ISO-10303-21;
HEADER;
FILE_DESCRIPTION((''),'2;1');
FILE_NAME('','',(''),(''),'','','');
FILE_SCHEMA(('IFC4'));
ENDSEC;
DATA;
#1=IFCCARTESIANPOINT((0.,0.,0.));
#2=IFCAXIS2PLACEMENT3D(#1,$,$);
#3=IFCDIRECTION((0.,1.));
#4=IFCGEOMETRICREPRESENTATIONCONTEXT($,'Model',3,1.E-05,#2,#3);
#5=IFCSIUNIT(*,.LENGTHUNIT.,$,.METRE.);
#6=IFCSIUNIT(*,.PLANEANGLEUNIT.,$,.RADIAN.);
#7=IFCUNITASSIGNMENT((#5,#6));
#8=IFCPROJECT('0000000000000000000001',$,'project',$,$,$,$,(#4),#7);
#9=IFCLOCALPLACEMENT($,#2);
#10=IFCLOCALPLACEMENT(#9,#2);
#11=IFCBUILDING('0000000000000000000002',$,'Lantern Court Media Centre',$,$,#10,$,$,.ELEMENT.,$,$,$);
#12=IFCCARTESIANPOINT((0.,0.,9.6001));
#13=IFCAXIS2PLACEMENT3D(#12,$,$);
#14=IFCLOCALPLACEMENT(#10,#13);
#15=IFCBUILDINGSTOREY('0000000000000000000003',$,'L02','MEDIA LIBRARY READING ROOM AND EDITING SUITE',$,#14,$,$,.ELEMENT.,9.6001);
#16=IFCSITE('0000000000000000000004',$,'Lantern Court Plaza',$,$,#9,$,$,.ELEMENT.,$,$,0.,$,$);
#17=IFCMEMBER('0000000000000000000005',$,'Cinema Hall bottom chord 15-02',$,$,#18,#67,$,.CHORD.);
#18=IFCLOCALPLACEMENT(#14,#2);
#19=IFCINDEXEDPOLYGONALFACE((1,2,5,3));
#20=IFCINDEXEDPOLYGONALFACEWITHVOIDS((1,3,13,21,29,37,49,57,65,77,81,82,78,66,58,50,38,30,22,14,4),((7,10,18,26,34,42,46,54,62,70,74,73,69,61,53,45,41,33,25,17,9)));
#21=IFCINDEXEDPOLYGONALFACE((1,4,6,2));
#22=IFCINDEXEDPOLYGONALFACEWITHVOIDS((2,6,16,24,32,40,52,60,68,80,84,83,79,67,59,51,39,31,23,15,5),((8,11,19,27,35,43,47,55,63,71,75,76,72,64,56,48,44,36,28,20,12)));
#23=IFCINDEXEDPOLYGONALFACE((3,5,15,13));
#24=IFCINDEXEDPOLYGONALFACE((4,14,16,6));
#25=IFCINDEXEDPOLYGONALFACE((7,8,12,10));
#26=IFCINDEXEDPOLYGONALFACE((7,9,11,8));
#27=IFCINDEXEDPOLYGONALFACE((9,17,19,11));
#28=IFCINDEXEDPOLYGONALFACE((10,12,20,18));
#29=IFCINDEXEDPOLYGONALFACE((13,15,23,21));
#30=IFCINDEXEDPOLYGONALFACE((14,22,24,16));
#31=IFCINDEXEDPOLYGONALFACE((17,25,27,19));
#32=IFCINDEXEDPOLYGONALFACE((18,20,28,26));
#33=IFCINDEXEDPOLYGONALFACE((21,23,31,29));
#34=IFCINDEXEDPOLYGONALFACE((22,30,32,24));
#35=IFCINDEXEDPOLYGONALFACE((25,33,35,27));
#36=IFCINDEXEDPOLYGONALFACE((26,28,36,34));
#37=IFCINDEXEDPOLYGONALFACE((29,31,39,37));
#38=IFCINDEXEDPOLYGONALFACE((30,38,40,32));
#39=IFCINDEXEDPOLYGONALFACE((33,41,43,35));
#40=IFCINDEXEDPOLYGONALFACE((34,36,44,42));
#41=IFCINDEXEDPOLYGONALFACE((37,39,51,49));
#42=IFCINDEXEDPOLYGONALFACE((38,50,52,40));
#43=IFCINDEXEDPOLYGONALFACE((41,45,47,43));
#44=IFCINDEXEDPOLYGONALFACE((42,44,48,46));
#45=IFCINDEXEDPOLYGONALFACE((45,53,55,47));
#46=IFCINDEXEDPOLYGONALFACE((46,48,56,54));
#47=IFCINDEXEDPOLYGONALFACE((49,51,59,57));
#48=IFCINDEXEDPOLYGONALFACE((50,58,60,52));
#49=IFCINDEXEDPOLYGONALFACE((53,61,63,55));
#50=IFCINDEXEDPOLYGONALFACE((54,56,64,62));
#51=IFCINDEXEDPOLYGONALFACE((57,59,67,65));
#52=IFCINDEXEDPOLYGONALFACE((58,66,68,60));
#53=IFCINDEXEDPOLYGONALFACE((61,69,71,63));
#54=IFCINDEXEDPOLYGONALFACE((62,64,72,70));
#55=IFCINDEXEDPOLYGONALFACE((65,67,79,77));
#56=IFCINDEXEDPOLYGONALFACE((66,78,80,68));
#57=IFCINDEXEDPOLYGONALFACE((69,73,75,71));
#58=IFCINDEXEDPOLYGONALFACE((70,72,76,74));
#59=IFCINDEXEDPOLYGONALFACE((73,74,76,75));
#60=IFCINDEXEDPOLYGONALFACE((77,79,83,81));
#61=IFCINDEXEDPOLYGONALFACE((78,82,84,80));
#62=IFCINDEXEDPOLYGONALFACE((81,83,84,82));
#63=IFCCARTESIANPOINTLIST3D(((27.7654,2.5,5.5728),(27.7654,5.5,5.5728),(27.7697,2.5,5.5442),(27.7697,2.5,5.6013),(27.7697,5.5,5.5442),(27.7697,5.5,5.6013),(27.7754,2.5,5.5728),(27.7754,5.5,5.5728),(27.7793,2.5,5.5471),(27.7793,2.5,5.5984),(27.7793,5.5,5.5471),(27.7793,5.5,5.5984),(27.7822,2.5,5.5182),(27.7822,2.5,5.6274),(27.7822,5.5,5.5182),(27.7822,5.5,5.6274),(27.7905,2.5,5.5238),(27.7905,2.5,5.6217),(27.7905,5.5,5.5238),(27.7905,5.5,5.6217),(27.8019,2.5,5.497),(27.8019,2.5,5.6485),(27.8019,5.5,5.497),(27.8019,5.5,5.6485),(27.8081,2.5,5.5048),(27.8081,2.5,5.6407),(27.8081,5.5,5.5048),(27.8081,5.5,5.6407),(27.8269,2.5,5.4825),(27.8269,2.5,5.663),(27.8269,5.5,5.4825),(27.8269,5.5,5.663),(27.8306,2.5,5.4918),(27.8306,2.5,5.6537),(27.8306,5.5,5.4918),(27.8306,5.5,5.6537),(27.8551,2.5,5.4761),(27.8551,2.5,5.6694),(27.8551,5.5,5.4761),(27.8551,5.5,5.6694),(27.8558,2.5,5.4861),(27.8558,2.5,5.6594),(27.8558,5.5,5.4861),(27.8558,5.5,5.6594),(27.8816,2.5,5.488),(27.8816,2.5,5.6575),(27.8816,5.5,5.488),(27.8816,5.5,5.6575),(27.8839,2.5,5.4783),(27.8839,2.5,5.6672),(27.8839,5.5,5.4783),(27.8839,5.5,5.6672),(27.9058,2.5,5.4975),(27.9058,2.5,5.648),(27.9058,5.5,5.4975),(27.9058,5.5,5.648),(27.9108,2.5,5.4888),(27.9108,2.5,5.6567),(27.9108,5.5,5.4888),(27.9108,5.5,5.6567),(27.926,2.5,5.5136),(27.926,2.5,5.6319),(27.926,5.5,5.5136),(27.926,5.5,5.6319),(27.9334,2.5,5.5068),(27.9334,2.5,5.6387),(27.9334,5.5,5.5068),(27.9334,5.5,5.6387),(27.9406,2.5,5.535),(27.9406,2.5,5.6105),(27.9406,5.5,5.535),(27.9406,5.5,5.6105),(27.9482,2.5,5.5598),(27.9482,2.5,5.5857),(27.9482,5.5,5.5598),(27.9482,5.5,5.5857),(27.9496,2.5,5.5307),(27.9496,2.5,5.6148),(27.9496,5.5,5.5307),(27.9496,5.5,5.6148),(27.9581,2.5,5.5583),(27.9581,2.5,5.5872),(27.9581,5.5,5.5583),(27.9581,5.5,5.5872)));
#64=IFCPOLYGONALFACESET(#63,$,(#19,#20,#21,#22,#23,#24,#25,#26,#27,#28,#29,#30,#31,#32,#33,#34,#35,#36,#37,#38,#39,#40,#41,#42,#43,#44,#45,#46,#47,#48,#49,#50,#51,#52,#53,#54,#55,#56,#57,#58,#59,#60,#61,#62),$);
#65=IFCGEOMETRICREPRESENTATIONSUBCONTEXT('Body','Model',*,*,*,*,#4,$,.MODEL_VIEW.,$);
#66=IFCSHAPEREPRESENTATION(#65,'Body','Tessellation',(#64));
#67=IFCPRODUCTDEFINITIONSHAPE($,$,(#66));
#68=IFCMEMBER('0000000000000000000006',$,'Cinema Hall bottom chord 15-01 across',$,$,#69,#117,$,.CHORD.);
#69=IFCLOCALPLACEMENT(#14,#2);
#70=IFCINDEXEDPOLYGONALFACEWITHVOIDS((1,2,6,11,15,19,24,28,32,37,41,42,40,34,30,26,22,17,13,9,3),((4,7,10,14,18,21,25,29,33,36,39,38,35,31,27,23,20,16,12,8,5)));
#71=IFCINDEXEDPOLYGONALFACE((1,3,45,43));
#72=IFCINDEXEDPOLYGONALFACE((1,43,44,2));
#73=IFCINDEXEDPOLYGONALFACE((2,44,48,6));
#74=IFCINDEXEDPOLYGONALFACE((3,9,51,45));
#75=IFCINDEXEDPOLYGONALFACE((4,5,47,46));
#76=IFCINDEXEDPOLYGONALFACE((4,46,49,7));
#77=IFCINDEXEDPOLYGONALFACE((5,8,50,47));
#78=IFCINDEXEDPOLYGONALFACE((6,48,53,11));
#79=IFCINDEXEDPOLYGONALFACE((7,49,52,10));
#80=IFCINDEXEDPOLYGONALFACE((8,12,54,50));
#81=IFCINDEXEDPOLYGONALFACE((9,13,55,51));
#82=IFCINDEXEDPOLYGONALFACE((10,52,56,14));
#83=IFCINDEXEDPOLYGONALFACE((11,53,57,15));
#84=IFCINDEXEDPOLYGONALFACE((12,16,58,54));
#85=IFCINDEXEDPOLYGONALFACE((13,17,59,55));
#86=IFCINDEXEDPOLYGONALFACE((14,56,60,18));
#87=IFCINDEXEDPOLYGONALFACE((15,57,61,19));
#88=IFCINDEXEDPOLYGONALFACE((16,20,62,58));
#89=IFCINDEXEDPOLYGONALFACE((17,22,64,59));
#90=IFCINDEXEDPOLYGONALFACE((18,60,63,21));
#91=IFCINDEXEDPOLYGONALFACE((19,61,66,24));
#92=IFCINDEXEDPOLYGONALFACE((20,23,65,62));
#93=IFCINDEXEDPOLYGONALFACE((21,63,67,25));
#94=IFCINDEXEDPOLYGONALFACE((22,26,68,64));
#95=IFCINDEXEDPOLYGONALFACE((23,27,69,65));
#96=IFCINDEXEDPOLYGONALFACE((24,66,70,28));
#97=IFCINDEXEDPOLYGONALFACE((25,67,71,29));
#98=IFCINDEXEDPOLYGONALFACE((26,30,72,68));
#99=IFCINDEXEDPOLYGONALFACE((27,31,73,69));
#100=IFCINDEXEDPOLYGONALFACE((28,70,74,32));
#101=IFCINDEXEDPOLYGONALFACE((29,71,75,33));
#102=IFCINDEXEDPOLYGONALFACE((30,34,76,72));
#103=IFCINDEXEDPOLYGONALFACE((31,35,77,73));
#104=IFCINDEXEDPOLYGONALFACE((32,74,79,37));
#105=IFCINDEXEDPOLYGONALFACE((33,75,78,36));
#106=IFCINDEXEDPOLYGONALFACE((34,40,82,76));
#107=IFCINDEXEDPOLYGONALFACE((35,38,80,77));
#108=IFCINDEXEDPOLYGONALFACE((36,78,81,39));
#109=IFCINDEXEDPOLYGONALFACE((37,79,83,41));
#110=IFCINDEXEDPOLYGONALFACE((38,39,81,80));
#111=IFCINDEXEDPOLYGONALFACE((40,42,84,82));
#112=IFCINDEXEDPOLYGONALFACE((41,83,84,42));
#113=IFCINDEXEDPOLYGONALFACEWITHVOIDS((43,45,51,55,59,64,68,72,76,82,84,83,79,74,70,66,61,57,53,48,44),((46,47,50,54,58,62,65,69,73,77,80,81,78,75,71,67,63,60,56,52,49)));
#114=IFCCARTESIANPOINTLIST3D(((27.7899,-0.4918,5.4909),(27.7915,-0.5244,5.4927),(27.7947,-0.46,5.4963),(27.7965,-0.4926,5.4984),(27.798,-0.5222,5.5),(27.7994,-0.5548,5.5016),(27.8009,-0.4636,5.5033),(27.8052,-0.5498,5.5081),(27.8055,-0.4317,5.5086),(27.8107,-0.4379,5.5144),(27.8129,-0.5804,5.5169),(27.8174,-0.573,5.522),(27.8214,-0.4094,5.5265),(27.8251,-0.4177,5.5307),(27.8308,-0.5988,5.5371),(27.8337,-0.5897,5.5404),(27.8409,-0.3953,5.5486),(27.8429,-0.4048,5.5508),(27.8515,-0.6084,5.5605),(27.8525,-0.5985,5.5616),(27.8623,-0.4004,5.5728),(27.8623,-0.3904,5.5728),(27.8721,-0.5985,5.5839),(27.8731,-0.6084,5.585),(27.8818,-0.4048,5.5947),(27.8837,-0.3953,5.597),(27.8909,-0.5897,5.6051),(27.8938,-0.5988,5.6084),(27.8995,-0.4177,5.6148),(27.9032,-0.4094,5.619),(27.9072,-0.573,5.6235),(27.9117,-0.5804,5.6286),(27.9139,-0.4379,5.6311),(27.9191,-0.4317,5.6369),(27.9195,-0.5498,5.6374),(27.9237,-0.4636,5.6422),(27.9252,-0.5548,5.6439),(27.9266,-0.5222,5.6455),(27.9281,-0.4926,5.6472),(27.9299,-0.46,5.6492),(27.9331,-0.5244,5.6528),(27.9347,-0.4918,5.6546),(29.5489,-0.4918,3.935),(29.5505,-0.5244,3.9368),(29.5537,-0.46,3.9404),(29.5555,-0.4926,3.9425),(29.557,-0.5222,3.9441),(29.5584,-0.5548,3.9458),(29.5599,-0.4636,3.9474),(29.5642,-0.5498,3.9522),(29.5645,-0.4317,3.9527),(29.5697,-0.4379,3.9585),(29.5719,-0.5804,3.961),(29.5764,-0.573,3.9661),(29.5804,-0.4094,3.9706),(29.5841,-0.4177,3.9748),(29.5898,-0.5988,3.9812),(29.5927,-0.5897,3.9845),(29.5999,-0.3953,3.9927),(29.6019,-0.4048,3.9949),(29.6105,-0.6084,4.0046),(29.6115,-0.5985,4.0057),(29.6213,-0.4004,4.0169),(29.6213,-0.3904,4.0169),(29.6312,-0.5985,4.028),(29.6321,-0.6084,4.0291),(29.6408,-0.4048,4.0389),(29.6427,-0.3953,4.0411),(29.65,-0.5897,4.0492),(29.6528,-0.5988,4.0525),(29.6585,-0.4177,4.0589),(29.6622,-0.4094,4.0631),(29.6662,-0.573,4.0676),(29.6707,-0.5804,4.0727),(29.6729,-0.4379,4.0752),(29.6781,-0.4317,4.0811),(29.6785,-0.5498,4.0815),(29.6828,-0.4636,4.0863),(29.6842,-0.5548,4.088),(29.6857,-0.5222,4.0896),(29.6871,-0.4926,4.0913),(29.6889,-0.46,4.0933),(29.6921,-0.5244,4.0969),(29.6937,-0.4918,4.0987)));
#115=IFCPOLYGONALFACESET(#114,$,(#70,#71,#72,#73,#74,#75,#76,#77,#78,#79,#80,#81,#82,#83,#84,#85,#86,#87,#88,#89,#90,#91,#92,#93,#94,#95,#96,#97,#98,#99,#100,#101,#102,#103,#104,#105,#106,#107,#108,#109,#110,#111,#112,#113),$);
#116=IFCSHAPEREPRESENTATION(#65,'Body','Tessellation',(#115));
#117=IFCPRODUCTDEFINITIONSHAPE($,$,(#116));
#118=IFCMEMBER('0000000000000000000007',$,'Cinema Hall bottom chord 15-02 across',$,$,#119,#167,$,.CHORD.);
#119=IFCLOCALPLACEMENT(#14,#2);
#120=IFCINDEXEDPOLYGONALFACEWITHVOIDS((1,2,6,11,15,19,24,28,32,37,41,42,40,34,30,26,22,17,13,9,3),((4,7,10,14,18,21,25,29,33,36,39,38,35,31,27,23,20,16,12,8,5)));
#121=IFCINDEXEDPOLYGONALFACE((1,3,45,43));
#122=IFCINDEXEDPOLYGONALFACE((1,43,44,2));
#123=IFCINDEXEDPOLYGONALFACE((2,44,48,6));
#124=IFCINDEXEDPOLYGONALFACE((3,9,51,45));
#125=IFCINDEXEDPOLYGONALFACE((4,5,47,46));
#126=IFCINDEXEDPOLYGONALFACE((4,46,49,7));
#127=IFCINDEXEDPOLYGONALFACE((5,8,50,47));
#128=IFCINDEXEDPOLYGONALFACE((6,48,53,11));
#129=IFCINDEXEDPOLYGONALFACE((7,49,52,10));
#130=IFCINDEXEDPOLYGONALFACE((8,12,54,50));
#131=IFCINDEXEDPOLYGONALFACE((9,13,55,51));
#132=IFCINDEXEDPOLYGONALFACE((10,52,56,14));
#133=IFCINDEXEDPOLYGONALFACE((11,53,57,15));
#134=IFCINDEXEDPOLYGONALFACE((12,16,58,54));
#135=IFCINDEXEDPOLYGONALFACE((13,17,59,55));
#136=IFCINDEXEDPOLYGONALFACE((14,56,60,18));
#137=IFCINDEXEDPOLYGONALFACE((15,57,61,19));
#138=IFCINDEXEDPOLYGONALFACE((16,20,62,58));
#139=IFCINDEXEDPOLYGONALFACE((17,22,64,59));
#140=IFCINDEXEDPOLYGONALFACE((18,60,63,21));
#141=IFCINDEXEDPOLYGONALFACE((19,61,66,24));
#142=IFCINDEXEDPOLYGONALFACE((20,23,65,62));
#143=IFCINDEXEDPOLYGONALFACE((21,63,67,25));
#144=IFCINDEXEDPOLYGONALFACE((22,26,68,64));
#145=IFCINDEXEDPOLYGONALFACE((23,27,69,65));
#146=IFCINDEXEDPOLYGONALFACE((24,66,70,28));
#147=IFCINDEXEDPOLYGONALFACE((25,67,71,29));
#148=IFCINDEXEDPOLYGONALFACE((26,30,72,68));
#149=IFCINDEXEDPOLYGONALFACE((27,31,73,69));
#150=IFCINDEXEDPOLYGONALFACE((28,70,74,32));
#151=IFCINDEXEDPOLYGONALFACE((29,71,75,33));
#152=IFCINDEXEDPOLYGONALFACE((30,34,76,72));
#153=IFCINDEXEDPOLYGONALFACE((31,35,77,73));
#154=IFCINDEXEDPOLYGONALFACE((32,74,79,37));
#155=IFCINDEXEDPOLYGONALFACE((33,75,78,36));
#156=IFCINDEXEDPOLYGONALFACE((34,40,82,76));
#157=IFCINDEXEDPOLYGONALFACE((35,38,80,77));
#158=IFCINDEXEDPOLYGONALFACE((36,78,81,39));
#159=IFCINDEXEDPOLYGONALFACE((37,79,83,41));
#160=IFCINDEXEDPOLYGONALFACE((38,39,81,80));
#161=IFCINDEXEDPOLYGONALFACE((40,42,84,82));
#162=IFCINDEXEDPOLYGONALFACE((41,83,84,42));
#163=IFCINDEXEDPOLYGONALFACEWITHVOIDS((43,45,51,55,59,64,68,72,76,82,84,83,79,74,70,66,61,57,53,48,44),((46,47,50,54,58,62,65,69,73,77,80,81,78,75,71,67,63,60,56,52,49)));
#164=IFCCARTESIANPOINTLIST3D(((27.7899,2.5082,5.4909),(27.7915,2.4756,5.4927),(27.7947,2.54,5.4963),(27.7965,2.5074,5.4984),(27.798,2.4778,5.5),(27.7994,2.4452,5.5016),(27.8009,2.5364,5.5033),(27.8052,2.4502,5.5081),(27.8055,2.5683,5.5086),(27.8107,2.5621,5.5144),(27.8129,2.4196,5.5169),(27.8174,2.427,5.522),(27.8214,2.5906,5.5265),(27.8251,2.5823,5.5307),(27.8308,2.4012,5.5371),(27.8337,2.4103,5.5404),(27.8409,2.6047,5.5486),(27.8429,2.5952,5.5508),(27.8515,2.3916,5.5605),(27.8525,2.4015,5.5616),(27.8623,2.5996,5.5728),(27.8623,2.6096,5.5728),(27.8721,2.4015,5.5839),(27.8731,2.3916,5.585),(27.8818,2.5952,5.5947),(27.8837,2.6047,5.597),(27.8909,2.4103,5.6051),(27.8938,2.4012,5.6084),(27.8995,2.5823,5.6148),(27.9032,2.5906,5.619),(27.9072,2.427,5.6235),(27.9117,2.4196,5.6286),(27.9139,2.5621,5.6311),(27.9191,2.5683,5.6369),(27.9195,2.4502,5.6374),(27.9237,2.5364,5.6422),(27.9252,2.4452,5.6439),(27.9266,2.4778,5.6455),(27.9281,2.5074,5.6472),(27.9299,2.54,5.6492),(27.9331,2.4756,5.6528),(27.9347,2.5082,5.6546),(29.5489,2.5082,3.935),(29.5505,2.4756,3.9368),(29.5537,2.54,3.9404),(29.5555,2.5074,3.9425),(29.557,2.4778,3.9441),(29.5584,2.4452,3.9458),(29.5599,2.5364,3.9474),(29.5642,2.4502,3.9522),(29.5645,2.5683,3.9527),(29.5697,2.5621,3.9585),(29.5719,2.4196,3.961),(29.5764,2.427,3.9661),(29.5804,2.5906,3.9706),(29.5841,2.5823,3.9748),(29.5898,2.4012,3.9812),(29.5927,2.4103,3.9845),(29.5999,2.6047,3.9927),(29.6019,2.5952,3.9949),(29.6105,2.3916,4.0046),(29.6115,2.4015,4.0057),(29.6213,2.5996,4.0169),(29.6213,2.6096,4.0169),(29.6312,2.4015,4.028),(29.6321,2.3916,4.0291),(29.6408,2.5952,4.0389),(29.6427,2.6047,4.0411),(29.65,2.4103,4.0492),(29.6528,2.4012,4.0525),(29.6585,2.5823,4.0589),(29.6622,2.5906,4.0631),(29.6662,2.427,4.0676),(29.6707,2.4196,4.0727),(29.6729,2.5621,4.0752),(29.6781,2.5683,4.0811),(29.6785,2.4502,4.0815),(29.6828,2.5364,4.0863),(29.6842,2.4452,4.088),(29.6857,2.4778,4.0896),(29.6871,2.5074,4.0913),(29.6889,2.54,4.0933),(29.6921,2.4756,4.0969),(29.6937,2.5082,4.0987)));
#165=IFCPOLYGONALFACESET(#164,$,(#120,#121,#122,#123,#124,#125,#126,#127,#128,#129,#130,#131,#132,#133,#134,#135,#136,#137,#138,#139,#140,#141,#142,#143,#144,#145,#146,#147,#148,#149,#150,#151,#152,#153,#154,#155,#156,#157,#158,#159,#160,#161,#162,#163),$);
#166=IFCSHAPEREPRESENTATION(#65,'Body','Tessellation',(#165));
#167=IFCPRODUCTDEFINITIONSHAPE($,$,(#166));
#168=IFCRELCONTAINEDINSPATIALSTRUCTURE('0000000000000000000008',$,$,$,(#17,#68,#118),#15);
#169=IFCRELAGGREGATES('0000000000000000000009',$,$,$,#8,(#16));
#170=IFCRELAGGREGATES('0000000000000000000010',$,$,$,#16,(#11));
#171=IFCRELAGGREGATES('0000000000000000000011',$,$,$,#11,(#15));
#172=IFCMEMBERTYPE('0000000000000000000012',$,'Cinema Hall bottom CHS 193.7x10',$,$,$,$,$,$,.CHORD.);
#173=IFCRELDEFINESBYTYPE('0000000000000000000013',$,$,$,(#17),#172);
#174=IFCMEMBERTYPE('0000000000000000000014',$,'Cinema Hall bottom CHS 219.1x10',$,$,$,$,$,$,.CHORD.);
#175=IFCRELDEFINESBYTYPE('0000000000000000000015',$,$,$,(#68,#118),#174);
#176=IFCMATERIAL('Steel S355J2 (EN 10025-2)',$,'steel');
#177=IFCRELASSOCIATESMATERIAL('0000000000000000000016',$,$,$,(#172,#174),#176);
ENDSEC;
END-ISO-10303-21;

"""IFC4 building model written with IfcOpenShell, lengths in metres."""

from ifc_helpers import new_model, si_unit, direction, frame, origin, origin_2d, place, context, subcontext, project, spatial, hollow_circle, extrude, material, material_profile, profile_set, type_object, element, save


model = new_model("IFC4")

# Units and contexts
model_context = context("Model", 3, precision=1e-05, world=origin(), true_north=direction((0.0, 1.0)))
body_context = subcontext(model_context, "Body", "Model", "MODEL_VIEW")
ifc_project = project(units=[si_unit("LENGTHUNIT", "METRE"), si_unit("PLANEANGLEUNIT", "RADIAN")], contexts=[model_context])

# Site, building, storey
site_placement = place(None, origin())
site = spatial("IfcSite", under=ifc_project, at=site_placement, Name="Lantern Court Plaza", CompositionType="ELEMENT", RefElevation=0.0)
building_placement = place(site_placement, origin())
building = spatial("IfcBuilding", under=site, at=building_placement, Name="Lantern Court Media Centre", CompositionType="ELEMENT")
storey_placement = place(building_placement, frame((0.0, 0.0, 9.6001)))
storey = spatial("IfcBuildingStorey", under=building, at=storey_placement, Name="L02", Description="MEDIA LIBRARY READING ROOM AND EDITING SUITE", CompositionType="ELEMENT", Elevation=9.6001)

# Members
ifc_material = material(Name="Steel S355J2 (EN 10025-2)", Category="steel")
ifc_material_profile_1 = material_profile(ifc_material, hollow_circle(Radius=0.0969, WallThickness=0.01, at=origin_2d()), Name="Cinema Hall bottom CHS 193.7x10")
ifc_profile_set_1 = profile_set([ifc_material_profile_1], Name="Steel S355J2 (EN 10025-2)")
member_type_1 = type_object("IfcMemberType", Name="Cinema Hall bottom CHS 193.7x10", PredefinedType="CHORD", material=ifc_profile_set_1)
member_1_placement = place(storey_placement, frame((27.8623, 2.5, 5.5728), z_axis=(0.0, 1.0, 0.0), x_axis=(-1.0, 0.0, 0.0)))
element("IfcMember", 1, at=member_1_placement, inside=storey, type_object=member_type_1, Name="Cinema Hall bottom chord 15-02", PredefinedType="CHORD", context=body_context, shape_type="SweptSolid", body=[
    extrude(hollow_circle(Radius=0.0969, WallThickness=0.01, at=origin_2d()), origin(), (0.0, 0.0, 1.0), 3.0),
])
ifc_material_profile_2 = material_profile(ifc_material, hollow_circle(Radius=0.1096, WallThickness=0.01, at=origin_2d()), Name="Cinema Hall bottom CHS 219.1x10")
ifc_profile_set_2 = profile_set([ifc_material_profile_2], Name="Steel S355J2 (EN 10025-2)")
member_type_2 = type_object("IfcMemberType", Name="Cinema Hall bottom CHS 219.1x10", PredefinedType="CHORD", material=ifc_profile_set_2)
for number, where, z_axis, x_axis, name in (
    (2, (27.8623, -0.5, 5.5728), (0.74903, 0.0, -0.662536), (0.0, 1.0, 0.0), "Cinema Hall bottom chord 15-01 across"),
    (3, (27.8623, 2.5, 5.5728), (0.74903, 0.0, -0.662536), (0.0, 1.0, 0.0), "Cinema Hall bottom chord 15-02 across"),
):
    element("IfcMember", number, at=place(storey_placement, frame(where, z_axis=z_axis, x_axis=x_axis)), inside=storey, type_object=member_type_2, Name=name, PredefinedType="CHORD", context=body_context, shape_type="SweptSolid", body=[
        extrude(hollow_circle(Radius=0.1096, WallThickness=0.01, at=origin_2d()), origin(), (0.0, 0.0, 1.0), 2.3484),
    ])

save(model, "model.ifc")
